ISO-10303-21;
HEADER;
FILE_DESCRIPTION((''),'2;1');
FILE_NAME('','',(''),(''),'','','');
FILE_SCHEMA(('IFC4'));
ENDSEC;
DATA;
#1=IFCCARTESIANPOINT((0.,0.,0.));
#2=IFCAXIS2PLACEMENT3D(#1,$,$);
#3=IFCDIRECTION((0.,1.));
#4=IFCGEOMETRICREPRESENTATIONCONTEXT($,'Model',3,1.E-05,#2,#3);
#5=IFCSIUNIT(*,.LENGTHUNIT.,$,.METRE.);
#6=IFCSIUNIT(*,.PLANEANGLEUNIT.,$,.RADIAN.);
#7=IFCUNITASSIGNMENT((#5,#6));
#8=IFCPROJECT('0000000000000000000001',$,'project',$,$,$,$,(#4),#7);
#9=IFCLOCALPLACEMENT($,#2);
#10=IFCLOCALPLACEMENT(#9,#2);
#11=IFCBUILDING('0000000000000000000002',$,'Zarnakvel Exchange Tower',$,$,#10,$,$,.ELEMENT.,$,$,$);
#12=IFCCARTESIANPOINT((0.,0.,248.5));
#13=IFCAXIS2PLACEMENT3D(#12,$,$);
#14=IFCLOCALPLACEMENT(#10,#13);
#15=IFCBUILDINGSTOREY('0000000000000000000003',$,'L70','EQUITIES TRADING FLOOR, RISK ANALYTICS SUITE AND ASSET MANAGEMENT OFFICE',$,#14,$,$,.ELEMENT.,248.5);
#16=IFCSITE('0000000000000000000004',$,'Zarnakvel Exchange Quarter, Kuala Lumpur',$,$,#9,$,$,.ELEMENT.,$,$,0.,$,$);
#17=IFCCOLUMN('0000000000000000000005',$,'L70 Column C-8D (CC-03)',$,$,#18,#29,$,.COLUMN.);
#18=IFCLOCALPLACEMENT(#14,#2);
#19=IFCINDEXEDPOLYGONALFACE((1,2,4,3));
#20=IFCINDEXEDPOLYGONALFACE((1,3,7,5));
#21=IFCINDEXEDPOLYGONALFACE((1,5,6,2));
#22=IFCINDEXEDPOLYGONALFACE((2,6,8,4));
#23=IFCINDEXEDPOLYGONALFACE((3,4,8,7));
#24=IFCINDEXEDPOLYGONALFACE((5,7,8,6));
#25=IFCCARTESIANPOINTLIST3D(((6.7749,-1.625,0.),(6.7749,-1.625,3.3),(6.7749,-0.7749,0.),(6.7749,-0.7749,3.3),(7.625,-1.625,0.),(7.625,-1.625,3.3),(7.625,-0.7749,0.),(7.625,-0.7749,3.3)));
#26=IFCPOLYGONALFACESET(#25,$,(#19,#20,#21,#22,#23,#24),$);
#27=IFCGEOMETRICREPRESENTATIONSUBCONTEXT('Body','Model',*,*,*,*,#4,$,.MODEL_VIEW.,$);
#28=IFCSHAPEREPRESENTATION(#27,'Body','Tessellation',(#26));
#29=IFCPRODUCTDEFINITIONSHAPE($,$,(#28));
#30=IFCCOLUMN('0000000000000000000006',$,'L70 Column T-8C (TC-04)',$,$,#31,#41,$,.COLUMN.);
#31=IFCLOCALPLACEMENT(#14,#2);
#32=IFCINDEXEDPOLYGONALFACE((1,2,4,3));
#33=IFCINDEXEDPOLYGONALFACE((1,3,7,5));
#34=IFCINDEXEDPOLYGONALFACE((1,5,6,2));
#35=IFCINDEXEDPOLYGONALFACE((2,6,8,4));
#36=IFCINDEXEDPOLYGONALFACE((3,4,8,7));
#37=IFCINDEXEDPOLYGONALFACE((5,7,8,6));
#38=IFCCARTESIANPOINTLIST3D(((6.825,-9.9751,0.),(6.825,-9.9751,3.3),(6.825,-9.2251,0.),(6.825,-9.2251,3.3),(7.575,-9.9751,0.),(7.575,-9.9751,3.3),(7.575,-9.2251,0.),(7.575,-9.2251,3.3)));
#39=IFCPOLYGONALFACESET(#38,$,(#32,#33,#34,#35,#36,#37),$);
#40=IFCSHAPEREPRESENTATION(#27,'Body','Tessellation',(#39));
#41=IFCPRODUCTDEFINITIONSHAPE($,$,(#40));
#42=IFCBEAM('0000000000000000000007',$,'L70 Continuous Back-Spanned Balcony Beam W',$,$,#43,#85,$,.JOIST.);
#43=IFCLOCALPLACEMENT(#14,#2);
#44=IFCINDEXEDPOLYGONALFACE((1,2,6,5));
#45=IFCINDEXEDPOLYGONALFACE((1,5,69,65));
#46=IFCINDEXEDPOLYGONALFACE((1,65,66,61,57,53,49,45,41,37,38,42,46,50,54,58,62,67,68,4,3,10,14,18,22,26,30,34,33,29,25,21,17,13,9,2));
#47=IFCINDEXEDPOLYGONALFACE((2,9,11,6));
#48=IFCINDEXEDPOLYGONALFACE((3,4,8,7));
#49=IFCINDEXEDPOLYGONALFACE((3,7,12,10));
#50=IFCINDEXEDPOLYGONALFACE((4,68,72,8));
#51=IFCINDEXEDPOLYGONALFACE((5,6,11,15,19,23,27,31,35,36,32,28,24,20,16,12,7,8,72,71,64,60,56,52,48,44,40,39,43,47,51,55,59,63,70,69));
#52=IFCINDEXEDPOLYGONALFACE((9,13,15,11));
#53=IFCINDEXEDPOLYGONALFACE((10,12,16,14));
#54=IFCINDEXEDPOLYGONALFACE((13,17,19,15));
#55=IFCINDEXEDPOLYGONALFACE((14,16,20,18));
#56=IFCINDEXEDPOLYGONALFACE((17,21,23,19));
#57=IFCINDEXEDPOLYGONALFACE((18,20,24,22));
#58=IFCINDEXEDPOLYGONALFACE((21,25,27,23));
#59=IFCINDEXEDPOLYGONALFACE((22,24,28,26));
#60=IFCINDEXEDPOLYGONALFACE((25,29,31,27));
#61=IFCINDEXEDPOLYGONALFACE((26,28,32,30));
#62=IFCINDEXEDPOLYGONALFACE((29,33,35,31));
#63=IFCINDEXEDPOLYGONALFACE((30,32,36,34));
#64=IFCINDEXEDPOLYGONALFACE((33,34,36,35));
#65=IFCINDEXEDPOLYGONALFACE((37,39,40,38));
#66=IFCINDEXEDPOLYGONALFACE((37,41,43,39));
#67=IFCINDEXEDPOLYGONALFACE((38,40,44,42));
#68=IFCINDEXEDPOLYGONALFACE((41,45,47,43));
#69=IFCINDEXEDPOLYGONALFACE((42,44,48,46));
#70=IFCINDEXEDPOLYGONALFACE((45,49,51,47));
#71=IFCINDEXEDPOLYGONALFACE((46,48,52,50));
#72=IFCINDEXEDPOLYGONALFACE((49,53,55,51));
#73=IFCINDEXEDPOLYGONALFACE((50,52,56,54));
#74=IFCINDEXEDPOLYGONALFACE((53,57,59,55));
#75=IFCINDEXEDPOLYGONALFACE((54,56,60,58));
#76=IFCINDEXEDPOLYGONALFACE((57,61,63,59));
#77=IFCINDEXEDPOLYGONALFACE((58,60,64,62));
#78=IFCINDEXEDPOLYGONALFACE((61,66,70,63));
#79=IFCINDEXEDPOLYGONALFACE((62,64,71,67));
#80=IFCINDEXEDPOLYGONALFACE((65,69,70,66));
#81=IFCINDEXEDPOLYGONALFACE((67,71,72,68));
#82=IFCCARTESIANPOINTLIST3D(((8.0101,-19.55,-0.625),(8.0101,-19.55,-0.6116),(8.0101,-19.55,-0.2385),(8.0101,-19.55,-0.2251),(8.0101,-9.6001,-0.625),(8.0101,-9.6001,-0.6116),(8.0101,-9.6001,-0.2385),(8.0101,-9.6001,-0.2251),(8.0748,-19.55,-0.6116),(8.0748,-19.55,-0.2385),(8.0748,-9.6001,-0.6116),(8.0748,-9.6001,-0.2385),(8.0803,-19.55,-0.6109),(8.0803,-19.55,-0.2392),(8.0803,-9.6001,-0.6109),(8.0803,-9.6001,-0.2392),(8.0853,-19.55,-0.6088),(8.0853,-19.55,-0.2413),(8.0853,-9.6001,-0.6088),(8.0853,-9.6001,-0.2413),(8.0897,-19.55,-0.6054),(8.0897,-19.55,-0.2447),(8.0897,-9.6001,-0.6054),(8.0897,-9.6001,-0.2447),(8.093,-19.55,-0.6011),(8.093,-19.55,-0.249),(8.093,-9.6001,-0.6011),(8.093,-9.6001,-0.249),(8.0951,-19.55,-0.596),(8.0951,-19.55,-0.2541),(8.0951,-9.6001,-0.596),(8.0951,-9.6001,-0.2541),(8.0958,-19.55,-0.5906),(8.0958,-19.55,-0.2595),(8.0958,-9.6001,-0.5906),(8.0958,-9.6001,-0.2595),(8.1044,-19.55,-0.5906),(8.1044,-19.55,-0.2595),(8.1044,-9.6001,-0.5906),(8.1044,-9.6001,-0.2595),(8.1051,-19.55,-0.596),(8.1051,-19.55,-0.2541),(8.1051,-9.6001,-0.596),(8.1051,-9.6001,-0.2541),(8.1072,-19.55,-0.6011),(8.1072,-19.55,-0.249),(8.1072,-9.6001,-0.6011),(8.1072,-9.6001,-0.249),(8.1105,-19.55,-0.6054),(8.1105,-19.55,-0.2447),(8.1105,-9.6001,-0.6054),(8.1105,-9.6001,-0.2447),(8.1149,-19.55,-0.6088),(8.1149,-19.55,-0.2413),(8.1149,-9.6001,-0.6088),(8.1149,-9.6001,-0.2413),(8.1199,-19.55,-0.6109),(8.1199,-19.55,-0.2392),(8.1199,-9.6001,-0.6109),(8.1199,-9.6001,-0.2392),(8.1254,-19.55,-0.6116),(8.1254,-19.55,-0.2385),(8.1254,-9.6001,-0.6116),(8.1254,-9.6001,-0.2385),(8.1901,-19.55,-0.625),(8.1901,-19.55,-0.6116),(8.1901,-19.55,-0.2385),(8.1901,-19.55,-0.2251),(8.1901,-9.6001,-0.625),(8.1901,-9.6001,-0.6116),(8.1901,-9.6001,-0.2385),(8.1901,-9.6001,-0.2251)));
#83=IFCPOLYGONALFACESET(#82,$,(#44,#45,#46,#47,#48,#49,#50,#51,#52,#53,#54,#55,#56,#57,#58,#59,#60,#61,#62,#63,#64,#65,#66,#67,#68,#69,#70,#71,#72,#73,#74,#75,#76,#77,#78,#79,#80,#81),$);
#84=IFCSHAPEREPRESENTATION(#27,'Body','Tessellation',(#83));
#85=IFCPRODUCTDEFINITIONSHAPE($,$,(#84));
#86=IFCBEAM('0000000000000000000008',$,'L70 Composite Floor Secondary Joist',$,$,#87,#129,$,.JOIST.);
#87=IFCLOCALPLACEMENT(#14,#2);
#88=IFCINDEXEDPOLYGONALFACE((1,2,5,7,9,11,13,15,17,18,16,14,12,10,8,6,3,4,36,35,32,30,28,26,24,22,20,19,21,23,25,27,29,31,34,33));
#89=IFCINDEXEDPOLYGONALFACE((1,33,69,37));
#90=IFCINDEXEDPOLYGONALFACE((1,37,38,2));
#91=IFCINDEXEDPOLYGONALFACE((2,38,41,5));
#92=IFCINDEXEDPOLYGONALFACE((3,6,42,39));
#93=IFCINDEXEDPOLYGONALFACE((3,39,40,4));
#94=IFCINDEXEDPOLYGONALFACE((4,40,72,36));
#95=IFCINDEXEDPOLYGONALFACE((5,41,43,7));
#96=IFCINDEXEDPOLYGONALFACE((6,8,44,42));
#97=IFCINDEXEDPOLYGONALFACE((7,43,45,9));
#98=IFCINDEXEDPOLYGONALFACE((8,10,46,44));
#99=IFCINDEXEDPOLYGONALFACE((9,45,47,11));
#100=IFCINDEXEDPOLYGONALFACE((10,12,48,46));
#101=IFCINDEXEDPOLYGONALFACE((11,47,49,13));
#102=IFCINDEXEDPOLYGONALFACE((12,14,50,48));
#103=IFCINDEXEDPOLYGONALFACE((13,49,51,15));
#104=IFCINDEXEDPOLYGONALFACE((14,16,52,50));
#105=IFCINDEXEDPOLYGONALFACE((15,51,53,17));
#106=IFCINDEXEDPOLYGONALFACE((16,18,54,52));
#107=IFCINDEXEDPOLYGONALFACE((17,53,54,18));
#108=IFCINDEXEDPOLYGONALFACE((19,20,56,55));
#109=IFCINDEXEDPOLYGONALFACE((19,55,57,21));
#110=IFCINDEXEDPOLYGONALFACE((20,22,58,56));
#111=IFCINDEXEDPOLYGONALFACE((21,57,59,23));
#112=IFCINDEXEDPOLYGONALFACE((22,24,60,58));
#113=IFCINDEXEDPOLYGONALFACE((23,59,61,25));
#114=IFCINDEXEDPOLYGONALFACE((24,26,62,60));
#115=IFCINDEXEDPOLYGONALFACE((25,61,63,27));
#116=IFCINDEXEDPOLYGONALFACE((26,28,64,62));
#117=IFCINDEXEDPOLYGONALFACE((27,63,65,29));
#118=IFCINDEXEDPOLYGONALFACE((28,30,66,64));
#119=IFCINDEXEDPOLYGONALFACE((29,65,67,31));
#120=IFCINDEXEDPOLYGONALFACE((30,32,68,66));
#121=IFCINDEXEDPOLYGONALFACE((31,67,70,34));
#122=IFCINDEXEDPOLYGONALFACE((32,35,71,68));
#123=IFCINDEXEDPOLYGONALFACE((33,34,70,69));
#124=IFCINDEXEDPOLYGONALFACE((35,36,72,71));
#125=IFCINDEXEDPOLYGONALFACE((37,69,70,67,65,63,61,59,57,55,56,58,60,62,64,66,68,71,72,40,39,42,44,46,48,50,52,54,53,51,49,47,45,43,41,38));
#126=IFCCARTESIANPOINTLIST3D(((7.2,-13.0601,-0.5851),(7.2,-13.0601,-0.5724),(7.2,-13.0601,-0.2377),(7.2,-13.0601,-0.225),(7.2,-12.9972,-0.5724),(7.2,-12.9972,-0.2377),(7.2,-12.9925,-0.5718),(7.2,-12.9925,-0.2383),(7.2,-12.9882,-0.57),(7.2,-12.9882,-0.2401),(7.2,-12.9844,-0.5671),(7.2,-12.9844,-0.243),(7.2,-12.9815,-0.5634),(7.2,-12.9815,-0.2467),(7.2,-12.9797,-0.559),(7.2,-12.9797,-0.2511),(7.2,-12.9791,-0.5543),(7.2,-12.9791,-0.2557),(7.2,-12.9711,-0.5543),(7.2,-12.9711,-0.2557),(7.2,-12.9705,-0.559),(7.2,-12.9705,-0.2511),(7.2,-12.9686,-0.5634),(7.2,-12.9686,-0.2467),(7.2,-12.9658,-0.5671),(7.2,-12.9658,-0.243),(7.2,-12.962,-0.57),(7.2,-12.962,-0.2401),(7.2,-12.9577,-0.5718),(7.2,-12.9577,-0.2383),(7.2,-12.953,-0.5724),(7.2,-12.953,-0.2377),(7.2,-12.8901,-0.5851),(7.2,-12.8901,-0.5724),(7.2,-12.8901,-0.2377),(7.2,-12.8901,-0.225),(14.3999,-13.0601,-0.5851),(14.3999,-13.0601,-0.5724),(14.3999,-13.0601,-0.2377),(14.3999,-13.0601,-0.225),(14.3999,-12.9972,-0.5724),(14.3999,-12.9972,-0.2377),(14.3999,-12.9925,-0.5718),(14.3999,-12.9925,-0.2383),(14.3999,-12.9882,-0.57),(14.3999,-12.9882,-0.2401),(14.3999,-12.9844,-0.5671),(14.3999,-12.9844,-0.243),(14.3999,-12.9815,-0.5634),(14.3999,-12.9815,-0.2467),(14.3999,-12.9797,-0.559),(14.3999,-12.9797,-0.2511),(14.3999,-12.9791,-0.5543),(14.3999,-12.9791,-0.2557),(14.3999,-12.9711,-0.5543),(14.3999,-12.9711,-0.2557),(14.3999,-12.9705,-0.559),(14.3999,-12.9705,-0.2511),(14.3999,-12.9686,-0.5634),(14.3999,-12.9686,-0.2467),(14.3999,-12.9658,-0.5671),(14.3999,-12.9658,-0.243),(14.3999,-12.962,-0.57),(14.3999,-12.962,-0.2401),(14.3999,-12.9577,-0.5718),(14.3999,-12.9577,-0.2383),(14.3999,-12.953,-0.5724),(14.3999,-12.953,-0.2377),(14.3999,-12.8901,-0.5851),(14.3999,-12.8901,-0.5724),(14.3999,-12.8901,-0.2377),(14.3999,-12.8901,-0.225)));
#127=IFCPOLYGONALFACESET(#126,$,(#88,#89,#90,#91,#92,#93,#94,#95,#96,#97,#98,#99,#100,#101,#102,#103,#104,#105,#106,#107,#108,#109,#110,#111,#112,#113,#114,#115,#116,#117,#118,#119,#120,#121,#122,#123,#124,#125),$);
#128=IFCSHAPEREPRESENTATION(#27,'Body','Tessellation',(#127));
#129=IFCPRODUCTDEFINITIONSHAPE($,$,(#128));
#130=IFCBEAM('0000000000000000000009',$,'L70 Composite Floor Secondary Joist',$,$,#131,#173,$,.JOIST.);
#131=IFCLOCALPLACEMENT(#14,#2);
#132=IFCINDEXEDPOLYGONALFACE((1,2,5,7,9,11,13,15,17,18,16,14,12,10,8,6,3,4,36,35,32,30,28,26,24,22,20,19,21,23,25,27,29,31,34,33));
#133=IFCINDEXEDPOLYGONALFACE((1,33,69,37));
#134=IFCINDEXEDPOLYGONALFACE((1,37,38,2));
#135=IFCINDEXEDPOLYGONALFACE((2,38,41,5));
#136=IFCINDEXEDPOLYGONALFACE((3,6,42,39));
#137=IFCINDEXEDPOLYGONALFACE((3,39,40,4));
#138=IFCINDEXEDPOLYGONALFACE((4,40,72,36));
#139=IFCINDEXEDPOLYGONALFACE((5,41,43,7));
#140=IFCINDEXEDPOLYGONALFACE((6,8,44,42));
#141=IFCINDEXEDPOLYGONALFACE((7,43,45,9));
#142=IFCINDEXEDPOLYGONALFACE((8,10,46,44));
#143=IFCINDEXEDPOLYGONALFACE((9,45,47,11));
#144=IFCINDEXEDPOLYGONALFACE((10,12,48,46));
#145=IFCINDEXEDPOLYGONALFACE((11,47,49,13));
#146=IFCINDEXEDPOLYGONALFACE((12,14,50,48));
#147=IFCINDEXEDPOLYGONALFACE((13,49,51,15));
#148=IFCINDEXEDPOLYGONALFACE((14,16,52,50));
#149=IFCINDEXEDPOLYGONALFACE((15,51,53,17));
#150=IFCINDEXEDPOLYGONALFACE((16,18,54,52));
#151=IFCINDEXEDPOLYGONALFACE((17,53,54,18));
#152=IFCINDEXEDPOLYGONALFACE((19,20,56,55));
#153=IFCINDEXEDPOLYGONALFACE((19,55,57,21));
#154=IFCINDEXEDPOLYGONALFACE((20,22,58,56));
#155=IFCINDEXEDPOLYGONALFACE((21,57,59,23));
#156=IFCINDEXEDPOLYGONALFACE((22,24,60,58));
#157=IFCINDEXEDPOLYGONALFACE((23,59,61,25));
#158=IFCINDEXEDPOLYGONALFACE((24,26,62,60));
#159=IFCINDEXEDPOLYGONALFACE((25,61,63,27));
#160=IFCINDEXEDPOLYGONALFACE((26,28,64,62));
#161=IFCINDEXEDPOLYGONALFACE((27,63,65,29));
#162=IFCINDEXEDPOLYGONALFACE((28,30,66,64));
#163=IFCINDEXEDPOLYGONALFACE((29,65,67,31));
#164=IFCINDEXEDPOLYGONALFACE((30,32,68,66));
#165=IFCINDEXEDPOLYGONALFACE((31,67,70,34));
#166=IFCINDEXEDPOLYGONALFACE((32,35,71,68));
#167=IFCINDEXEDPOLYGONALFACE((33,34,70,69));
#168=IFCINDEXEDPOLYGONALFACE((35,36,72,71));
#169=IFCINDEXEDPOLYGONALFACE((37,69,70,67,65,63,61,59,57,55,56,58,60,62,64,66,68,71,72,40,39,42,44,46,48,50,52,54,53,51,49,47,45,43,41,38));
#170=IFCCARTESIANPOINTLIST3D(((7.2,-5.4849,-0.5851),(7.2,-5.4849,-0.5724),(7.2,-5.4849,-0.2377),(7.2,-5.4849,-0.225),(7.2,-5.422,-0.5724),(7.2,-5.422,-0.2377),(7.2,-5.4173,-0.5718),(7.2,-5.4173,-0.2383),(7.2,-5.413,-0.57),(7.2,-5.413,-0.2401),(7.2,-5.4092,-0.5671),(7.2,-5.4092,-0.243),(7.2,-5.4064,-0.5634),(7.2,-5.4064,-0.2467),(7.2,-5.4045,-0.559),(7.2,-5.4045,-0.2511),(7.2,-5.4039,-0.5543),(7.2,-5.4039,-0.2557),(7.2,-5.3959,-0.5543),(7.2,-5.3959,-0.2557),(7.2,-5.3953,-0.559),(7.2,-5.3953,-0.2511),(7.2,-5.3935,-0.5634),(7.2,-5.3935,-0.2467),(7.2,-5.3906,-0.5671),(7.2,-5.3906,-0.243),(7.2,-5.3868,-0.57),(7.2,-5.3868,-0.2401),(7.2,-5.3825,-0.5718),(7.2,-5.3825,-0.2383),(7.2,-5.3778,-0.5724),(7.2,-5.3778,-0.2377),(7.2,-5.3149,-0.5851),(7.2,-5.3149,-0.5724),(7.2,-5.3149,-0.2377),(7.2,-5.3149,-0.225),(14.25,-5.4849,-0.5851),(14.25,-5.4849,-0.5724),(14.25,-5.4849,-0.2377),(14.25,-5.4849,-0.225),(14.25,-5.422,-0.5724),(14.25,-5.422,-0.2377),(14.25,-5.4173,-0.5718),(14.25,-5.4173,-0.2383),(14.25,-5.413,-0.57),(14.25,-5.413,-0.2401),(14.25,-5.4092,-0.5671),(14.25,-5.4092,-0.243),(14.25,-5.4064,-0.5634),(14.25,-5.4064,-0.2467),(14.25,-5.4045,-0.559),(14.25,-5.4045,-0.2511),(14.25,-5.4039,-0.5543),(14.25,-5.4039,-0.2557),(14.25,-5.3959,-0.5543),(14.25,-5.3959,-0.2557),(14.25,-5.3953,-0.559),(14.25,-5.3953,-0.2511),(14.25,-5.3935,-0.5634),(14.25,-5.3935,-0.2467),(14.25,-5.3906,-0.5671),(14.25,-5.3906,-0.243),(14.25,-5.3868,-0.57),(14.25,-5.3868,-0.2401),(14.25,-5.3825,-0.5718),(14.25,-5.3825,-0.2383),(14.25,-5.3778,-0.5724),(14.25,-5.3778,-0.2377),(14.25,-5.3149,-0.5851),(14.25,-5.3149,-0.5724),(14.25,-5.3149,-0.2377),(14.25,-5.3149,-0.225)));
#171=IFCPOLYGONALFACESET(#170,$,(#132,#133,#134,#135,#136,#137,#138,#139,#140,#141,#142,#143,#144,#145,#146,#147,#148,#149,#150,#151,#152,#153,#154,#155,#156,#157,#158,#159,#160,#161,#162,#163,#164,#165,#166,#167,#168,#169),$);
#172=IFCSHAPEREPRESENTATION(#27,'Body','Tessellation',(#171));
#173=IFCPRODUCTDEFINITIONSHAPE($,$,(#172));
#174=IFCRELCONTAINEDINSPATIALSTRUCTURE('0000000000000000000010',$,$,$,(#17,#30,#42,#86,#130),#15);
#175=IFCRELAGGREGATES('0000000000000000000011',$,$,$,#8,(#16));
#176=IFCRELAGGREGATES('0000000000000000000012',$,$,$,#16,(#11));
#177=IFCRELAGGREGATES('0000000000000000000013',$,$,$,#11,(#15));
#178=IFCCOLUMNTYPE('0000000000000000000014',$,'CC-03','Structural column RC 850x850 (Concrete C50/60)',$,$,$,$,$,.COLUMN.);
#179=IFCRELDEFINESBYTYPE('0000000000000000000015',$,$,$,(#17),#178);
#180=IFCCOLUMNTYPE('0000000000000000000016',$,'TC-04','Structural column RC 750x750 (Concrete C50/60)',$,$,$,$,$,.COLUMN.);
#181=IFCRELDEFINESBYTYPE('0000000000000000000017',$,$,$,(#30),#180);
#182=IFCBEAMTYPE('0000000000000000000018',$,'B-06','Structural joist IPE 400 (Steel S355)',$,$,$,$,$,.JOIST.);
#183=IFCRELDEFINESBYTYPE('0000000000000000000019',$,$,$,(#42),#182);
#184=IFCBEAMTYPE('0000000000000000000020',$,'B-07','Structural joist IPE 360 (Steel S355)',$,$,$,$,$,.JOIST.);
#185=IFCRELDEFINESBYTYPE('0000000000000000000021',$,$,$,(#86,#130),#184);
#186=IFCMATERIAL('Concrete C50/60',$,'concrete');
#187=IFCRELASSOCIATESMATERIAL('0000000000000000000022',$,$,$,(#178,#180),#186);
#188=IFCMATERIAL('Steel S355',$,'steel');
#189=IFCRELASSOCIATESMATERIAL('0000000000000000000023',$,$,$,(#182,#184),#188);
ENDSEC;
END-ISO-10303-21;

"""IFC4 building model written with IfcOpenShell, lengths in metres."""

from ifc_helpers import new_model, si_unit, direction, frame, origin, origin_2d, place, context, subcontext, project, spatial, rectangle, i_section, extrude, material, material_profile, profile_set, type_object, element, save


model = new_model("IFC4")

# Units and contexts
model_context = context("Model", 3, precision=1e-05, world=origin(), true_north=direction((0.0, 1.0)))
body_context = subcontext(model_context, "Body", "Model", "MODEL_VIEW")
ifc_project = project(units=[si_unit("LENGTHUNIT", "METRE"), si_unit("PLANEANGLEUNIT", "RADIAN")], contexts=[model_context])

# Site, building, storey
site_placement = place(None, origin())
site = spatial("IfcSite", under=ifc_project, at=site_placement, Name="Zarnakvel Exchange Quarter, Kuala Lumpur", CompositionType="ELEMENT", RefElevation=0.0)
building_placement = place(site_placement, origin())
building = spatial("IfcBuilding", under=site, at=building_placement, Name="Zarnakvel Exchange Tower", CompositionType="ELEMENT")
storey_placement = place(building_placement, frame((0.0, 0.0, 248.5)))
storey = spatial("IfcBuildingStorey", under=building, at=storey_placement, Name="L70", Description="EQUITIES TRADING FLOOR, RISK ANALYTICS SUITE AND ASSET MANAGEMENT OFFICE", CompositionType="ELEMENT", Elevation=248.5)

# Columns
ifc_material_1 = material(Name="Concrete C50/60", Category="concrete")
ifc_material_profile_1 = material_profile(ifc_material_1, rectangle(XDim=0.8501, YDim=0.8501, at=origin_2d()))
ifc_profile_set_1 = profile_set([ifc_material_profile_1], Name="Concrete C50/60")
column_type_1 = type_object("IfcColumnType", Name="CC-03", Description="Structural column RC 850x850 (Concrete C50/60)", PredefinedType="COLUMN", material=ifc_profile_set_1)
column_1_placement = place(storey_placement, frame((7.2, -1.2, 0.0), z_axis=(0.0, 0.0, 1.0), x_axis=(1.0, 0.0, 0.0)))
element("IfcColumn", 1, at=column_1_placement, inside=storey, type_object=column_type_1, Name="L70 Column C-8D (CC-03)", PredefinedType="COLUMN", context=body_context, shape_type="SweptSolid", body=[
    extrude(rectangle(XDim=0.8501, YDim=0.8501, at=origin_2d()), origin(), (0.0, 0.0, 1.0), 3.3),
])
ifc_material_profile_2 = material_profile(ifc_material_1, rectangle(XDim=0.75, YDim=0.75, at=origin_2d()))
ifc_profile_set_2 = profile_set([ifc_material_profile_2], Name="Concrete C50/60")
column_type_2 = type_object("IfcColumnType", Name="TC-04", Description="Structural column RC 750x750 (Concrete C50/60)", PredefinedType="COLUMN", material=ifc_profile_set_2)
column_2_placement = place(storey_placement, frame((7.2, -9.6001, 0.0), z_axis=(0.0, 0.0, 1.0), x_axis=(1.0, 0.0, 0.0)))
element("IfcColumn", 2, at=column_2_placement, inside=storey, type_object=column_type_2, Name="L70 Column T-8C (TC-04)", PredefinedType="COLUMN", context=body_context, shape_type="SweptSolid", body=[
    extrude(rectangle(XDim=0.75, YDim=0.75, at=origin_2d()), origin(), (0.0, 0.0, 1.0), 3.3),
])

# Beams
ifc_material_2 = material(Name="Steel S355", Category="steel")
ifc_material_profile_3 = material_profile(ifc_material_2, i_section(OverallWidth=0.1799, OverallDepth=0.3999, WebThickness=0.0085, FlangeThickness=0.0134, FilletRadius=0.021, at=origin_2d()))
ifc_profile_set_3 = profile_set([ifc_material_profile_3], Name="Steel S355")
beam_type_1 = type_object("IfcBeamType", Name="B-06", Description="Structural joist IPE 400 (Steel S355)", PredefinedType="JOIST", material=ifc_profile_set_3)
beam_1_placement = place(storey_placement, frame((8.1001, -9.6001, -0.425), z_axis=(0.0, -1.0, 0.0), x_axis=(1.0, 0.0, 0.0)))
element("IfcBeam", 3, at=beam_1_placement, inside=storey, type_object=beam_type_1, Name="L70 Continuous Back-Spanned Balcony Beam W", PredefinedType="JOIST", context=body_context, shape_type="SweptSolid", body=[
    extrude(i_section(OverallWidth=0.1799, OverallDepth=0.3999, WebThickness=0.0085, FlangeThickness=0.0134, FilletRadius=0.021, at=origin_2d()), origin(), (0.0, 0.0, 1.0), 9.95),
])
ifc_material_profile_4 = material_profile(ifc_material_2, i_section(OverallWidth=0.1699, OverallDepth=0.3601, WebThickness=0.0081, FlangeThickness=0.0127, FilletRadius=0.0181, at=origin_2d()))
ifc_profile_set_4 = profile_set([ifc_material_profile_4], Name="Steel S355")
beam_type_2 = type_object("IfcBeamType", Name="B-07", Description="Structural joist IPE 360 (Steel S355)", PredefinedType="JOIST", material=ifc_profile_set_4)
beam_2_placement = place(storey_placement, frame((7.2, -12.9751, -0.405), z_axis=(1.0, 0.0, 0.0), x_axis=(0.0, 1.0, 0.0)))
element("IfcBeam", 4, at=beam_2_placement, inside=storey, type_object=beam_type_2, Name="L70 Composite Floor Secondary Joist", PredefinedType="JOIST", context=body_context, shape_type="SweptSolid", body=[
    extrude(i_section(OverallWidth=0.1699, OverallDepth=0.3601, WebThickness=0.0081, FlangeThickness=0.0127, FilletRadius=0.0181, at=origin_2d()), origin(), (0.0, 0.0, 1.0), 7.2),
])
beam_3_placement = place(storey_placement, frame((7.2, -5.3999, -0.405), z_axis=(1.0, 0.0, 0.0), x_axis=(0.0, 1.0, 0.0)))
element("IfcBeam", 5, at=beam_3_placement, inside=storey, type_object=beam_type_2, Name="L70 Composite Floor Secondary Joist", PredefinedType="JOIST", context=body_context, shape_type="SweptSolid", body=[
    extrude(i_section(OverallWidth=0.1699, OverallDepth=0.3601, WebThickness=0.0081, FlangeThickness=0.0127, FilletRadius=0.0181, at=origin_2d()), origin(), (0.0, 0.0, 1.0), 7.05),
])

save(model, "model.ifc")
